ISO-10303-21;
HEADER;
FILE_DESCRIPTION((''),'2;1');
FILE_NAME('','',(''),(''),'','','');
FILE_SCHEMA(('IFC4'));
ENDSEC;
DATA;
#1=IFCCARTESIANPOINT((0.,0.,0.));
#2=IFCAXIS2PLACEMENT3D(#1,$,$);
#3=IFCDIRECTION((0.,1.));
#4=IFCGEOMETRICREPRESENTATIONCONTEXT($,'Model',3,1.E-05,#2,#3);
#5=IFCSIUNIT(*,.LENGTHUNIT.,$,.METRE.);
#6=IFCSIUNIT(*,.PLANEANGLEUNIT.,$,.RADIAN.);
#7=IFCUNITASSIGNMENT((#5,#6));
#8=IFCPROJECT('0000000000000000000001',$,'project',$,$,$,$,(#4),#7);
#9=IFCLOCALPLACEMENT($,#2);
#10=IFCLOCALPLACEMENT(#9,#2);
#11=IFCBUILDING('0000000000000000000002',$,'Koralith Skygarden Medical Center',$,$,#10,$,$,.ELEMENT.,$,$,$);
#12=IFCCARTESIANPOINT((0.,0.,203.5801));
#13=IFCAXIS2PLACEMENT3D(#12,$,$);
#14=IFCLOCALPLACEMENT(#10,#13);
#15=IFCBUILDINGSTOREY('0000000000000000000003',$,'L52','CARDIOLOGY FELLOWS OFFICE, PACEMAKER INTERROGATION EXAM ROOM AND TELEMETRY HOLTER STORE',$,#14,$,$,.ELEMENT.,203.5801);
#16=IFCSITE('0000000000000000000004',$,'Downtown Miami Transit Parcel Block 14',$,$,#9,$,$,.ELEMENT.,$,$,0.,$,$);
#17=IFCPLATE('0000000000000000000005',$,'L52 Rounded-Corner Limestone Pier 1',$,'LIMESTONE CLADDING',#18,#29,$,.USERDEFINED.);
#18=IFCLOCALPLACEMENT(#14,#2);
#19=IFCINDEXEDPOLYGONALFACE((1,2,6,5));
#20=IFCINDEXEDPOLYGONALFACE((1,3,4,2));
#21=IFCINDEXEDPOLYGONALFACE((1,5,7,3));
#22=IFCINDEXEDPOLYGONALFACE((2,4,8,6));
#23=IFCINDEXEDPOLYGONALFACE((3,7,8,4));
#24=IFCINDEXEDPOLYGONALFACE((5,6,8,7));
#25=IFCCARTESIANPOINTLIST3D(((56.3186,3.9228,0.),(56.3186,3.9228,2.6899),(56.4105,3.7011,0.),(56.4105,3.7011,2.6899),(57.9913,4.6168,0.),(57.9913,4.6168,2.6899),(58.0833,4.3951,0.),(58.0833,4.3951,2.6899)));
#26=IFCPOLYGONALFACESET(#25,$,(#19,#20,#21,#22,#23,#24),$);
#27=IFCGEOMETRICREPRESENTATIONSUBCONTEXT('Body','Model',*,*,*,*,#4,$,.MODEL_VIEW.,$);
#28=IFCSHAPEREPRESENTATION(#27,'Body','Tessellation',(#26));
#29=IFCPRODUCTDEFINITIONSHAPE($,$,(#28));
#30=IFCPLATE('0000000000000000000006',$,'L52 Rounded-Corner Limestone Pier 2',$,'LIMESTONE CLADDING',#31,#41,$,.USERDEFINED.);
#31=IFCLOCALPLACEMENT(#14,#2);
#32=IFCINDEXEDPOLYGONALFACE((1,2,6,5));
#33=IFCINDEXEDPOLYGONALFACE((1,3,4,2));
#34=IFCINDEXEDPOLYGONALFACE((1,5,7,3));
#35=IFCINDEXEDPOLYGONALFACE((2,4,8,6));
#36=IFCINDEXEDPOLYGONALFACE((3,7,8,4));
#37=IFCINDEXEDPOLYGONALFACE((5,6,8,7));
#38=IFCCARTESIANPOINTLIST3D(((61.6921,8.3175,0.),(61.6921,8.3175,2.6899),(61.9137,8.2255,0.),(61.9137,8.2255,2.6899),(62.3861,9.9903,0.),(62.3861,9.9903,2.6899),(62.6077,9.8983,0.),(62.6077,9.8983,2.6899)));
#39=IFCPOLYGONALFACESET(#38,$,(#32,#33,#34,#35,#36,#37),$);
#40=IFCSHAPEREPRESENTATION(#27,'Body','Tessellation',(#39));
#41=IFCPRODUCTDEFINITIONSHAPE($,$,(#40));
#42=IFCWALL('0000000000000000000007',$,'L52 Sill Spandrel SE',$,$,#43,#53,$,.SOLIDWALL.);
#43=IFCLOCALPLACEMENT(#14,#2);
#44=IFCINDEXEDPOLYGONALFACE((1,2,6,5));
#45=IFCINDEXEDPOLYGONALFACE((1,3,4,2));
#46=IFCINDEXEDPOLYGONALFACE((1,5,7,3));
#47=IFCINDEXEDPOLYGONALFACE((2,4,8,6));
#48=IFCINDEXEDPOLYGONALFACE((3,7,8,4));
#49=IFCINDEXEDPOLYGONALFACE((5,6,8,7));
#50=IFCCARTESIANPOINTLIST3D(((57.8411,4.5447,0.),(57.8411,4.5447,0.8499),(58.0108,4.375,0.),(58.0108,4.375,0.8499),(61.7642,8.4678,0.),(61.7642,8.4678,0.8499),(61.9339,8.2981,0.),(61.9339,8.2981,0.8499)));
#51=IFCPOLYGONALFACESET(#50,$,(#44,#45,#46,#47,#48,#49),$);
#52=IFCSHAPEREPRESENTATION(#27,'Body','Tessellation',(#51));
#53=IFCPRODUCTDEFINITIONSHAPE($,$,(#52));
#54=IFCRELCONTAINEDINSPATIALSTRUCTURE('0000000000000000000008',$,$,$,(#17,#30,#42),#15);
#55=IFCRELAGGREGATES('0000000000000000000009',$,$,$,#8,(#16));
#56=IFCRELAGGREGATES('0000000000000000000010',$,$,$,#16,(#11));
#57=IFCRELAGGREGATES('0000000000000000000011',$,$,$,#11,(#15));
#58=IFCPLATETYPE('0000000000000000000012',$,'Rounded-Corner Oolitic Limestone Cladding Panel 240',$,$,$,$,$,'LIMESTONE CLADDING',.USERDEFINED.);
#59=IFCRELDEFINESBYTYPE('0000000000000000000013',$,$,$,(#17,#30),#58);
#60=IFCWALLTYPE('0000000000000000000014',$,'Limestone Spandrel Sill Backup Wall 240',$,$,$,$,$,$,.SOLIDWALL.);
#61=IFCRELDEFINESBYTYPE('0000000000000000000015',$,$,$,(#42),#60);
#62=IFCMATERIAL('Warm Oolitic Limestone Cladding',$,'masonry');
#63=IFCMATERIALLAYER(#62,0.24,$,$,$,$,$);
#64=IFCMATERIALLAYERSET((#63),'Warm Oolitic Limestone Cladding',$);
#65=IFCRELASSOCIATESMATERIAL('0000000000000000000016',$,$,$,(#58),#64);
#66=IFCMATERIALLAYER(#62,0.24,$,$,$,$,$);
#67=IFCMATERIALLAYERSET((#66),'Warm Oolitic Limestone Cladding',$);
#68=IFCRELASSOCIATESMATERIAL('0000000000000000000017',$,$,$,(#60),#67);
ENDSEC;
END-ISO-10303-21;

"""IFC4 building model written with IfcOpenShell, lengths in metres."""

from ifc_helpers import new_model, si_unit, direction, frame, frame_2d, origin, origin_2d, place, context, subcontext, project, spatial, rectangle, extrude, material, layer, layer_set, type_object, element, save


model = new_model("IFC4")

# Units and contexts
model_context = context("Model", 3, precision=1e-05, world=origin(), true_north=direction((0.0, 1.0)))
body_context = subcontext(model_context, "Body", "Model", "MODEL_VIEW")
ifc_project = project(units=[si_unit("LENGTHUNIT", "METRE"), si_unit("PLANEANGLEUNIT", "RADIAN")], contexts=[model_context])

# Site, building, storey
site_placement = place(None, origin())
site = spatial("IfcSite", under=ifc_project, at=site_placement, Name="Downtown Miami Transit Parcel Block 14", CompositionType="ELEMENT", RefElevation=0.0)
building_placement = place(site_placement, origin())
building = spatial("IfcBuilding", under=site, at=building_placement, Name="Koralith Skygarden Medical Center", CompositionType="ELEMENT")
storey_placement = place(building_placement, frame((0.0, 0.0, 203.5801)))
storey = spatial("IfcBuildingStorey", under=building, at=storey_placement, Name="L52", Description="CARDIOLOGY FELLOWS OFFICE, PACEMAKER INTERROGATION EXAM ROOM AND TELEMETRY HOLTER STORE", CompositionType="ELEMENT", Elevation=203.5801)

# Plates
ifc_material_1 = material(Name="Warm Oolitic Limestone Cladding", Category="masonry")
ifc_layer_1 = layer(ifc_material_1, 0.24)
ifc_layer_set_1 = layer_set([ifc_layer_1], Name="Warm Oolitic Limestone Cladding")
plate_type_1 = type_object("IfcPlateType", Name="Rounded-Corner Oolitic Limestone Cladding Panel 240", ElementType="LIMESTONE CLADDING", PredefinedType="USERDEFINED", material=ifc_layer_set_1)
for number, where, z_axis, x_axis, name in (
    (1, (57.2009, 4.1589, 0.0), (0.0, 0.0, 1.0), (0.92366, 0.383214, 0.0), "L52 Rounded-Corner Limestone Pier 1"),
    (2, (62.1499, 9.1079, 0.0), (0.0, 0.0, 1.0), (0.383214, 0.92366, 0.0), "L52 Rounded-Corner Limestone Pier 2"),
):
    element("IfcPlate", number, at=place(storey_placement, frame(where, z_axis=z_axis, x_axis=x_axis)), inside=storey, type_object=plate_type_1, Name=name, ObjectType="LIMESTONE CLADDING", PredefinedType="USERDEFINED", context=body_context, shape_type="SweptSolid", body=[
        extrude(rectangle(XDim=1.811, YDim=0.24, at=origin_2d()), origin(), (0.0, 0.0, 1.0), 2.6899),
    ])

# Wall
ifc_layer_2 = layer(ifc_material_1, 0.24)
ifc_layer_set_2 = layer_set([ifc_layer_2], Name="Warm Oolitic Limestone Cladding")
wall_type = type_object("IfcWallType", Name="Limestone Spandrel Sill Backup Wall 240", PredefinedType="SOLIDWALL", material=ifc_layer_set_2)
wall_placement = place(storey_placement, frame((57.926, 4.46, 0.0), z_axis=(0.0, 0.0, 1.0), x_axis=(0.707107, 0.707107, 0.0)))
element("IfcWall", 3, at=wall_placement, inside=storey, type_object=wall_type, Name="L52 Sill Spandrel SE", PredefinedType="SOLIDWALL", context=body_context, shape_type="SweptSolid", body=[
    extrude(rectangle(XDim=5.5481, YDim=0.24, at=frame_2d((2.7739, 0.0))), origin(), (0.0, 0.0, 1.0), 0.8499),
])

save(model, "model.ifc")
